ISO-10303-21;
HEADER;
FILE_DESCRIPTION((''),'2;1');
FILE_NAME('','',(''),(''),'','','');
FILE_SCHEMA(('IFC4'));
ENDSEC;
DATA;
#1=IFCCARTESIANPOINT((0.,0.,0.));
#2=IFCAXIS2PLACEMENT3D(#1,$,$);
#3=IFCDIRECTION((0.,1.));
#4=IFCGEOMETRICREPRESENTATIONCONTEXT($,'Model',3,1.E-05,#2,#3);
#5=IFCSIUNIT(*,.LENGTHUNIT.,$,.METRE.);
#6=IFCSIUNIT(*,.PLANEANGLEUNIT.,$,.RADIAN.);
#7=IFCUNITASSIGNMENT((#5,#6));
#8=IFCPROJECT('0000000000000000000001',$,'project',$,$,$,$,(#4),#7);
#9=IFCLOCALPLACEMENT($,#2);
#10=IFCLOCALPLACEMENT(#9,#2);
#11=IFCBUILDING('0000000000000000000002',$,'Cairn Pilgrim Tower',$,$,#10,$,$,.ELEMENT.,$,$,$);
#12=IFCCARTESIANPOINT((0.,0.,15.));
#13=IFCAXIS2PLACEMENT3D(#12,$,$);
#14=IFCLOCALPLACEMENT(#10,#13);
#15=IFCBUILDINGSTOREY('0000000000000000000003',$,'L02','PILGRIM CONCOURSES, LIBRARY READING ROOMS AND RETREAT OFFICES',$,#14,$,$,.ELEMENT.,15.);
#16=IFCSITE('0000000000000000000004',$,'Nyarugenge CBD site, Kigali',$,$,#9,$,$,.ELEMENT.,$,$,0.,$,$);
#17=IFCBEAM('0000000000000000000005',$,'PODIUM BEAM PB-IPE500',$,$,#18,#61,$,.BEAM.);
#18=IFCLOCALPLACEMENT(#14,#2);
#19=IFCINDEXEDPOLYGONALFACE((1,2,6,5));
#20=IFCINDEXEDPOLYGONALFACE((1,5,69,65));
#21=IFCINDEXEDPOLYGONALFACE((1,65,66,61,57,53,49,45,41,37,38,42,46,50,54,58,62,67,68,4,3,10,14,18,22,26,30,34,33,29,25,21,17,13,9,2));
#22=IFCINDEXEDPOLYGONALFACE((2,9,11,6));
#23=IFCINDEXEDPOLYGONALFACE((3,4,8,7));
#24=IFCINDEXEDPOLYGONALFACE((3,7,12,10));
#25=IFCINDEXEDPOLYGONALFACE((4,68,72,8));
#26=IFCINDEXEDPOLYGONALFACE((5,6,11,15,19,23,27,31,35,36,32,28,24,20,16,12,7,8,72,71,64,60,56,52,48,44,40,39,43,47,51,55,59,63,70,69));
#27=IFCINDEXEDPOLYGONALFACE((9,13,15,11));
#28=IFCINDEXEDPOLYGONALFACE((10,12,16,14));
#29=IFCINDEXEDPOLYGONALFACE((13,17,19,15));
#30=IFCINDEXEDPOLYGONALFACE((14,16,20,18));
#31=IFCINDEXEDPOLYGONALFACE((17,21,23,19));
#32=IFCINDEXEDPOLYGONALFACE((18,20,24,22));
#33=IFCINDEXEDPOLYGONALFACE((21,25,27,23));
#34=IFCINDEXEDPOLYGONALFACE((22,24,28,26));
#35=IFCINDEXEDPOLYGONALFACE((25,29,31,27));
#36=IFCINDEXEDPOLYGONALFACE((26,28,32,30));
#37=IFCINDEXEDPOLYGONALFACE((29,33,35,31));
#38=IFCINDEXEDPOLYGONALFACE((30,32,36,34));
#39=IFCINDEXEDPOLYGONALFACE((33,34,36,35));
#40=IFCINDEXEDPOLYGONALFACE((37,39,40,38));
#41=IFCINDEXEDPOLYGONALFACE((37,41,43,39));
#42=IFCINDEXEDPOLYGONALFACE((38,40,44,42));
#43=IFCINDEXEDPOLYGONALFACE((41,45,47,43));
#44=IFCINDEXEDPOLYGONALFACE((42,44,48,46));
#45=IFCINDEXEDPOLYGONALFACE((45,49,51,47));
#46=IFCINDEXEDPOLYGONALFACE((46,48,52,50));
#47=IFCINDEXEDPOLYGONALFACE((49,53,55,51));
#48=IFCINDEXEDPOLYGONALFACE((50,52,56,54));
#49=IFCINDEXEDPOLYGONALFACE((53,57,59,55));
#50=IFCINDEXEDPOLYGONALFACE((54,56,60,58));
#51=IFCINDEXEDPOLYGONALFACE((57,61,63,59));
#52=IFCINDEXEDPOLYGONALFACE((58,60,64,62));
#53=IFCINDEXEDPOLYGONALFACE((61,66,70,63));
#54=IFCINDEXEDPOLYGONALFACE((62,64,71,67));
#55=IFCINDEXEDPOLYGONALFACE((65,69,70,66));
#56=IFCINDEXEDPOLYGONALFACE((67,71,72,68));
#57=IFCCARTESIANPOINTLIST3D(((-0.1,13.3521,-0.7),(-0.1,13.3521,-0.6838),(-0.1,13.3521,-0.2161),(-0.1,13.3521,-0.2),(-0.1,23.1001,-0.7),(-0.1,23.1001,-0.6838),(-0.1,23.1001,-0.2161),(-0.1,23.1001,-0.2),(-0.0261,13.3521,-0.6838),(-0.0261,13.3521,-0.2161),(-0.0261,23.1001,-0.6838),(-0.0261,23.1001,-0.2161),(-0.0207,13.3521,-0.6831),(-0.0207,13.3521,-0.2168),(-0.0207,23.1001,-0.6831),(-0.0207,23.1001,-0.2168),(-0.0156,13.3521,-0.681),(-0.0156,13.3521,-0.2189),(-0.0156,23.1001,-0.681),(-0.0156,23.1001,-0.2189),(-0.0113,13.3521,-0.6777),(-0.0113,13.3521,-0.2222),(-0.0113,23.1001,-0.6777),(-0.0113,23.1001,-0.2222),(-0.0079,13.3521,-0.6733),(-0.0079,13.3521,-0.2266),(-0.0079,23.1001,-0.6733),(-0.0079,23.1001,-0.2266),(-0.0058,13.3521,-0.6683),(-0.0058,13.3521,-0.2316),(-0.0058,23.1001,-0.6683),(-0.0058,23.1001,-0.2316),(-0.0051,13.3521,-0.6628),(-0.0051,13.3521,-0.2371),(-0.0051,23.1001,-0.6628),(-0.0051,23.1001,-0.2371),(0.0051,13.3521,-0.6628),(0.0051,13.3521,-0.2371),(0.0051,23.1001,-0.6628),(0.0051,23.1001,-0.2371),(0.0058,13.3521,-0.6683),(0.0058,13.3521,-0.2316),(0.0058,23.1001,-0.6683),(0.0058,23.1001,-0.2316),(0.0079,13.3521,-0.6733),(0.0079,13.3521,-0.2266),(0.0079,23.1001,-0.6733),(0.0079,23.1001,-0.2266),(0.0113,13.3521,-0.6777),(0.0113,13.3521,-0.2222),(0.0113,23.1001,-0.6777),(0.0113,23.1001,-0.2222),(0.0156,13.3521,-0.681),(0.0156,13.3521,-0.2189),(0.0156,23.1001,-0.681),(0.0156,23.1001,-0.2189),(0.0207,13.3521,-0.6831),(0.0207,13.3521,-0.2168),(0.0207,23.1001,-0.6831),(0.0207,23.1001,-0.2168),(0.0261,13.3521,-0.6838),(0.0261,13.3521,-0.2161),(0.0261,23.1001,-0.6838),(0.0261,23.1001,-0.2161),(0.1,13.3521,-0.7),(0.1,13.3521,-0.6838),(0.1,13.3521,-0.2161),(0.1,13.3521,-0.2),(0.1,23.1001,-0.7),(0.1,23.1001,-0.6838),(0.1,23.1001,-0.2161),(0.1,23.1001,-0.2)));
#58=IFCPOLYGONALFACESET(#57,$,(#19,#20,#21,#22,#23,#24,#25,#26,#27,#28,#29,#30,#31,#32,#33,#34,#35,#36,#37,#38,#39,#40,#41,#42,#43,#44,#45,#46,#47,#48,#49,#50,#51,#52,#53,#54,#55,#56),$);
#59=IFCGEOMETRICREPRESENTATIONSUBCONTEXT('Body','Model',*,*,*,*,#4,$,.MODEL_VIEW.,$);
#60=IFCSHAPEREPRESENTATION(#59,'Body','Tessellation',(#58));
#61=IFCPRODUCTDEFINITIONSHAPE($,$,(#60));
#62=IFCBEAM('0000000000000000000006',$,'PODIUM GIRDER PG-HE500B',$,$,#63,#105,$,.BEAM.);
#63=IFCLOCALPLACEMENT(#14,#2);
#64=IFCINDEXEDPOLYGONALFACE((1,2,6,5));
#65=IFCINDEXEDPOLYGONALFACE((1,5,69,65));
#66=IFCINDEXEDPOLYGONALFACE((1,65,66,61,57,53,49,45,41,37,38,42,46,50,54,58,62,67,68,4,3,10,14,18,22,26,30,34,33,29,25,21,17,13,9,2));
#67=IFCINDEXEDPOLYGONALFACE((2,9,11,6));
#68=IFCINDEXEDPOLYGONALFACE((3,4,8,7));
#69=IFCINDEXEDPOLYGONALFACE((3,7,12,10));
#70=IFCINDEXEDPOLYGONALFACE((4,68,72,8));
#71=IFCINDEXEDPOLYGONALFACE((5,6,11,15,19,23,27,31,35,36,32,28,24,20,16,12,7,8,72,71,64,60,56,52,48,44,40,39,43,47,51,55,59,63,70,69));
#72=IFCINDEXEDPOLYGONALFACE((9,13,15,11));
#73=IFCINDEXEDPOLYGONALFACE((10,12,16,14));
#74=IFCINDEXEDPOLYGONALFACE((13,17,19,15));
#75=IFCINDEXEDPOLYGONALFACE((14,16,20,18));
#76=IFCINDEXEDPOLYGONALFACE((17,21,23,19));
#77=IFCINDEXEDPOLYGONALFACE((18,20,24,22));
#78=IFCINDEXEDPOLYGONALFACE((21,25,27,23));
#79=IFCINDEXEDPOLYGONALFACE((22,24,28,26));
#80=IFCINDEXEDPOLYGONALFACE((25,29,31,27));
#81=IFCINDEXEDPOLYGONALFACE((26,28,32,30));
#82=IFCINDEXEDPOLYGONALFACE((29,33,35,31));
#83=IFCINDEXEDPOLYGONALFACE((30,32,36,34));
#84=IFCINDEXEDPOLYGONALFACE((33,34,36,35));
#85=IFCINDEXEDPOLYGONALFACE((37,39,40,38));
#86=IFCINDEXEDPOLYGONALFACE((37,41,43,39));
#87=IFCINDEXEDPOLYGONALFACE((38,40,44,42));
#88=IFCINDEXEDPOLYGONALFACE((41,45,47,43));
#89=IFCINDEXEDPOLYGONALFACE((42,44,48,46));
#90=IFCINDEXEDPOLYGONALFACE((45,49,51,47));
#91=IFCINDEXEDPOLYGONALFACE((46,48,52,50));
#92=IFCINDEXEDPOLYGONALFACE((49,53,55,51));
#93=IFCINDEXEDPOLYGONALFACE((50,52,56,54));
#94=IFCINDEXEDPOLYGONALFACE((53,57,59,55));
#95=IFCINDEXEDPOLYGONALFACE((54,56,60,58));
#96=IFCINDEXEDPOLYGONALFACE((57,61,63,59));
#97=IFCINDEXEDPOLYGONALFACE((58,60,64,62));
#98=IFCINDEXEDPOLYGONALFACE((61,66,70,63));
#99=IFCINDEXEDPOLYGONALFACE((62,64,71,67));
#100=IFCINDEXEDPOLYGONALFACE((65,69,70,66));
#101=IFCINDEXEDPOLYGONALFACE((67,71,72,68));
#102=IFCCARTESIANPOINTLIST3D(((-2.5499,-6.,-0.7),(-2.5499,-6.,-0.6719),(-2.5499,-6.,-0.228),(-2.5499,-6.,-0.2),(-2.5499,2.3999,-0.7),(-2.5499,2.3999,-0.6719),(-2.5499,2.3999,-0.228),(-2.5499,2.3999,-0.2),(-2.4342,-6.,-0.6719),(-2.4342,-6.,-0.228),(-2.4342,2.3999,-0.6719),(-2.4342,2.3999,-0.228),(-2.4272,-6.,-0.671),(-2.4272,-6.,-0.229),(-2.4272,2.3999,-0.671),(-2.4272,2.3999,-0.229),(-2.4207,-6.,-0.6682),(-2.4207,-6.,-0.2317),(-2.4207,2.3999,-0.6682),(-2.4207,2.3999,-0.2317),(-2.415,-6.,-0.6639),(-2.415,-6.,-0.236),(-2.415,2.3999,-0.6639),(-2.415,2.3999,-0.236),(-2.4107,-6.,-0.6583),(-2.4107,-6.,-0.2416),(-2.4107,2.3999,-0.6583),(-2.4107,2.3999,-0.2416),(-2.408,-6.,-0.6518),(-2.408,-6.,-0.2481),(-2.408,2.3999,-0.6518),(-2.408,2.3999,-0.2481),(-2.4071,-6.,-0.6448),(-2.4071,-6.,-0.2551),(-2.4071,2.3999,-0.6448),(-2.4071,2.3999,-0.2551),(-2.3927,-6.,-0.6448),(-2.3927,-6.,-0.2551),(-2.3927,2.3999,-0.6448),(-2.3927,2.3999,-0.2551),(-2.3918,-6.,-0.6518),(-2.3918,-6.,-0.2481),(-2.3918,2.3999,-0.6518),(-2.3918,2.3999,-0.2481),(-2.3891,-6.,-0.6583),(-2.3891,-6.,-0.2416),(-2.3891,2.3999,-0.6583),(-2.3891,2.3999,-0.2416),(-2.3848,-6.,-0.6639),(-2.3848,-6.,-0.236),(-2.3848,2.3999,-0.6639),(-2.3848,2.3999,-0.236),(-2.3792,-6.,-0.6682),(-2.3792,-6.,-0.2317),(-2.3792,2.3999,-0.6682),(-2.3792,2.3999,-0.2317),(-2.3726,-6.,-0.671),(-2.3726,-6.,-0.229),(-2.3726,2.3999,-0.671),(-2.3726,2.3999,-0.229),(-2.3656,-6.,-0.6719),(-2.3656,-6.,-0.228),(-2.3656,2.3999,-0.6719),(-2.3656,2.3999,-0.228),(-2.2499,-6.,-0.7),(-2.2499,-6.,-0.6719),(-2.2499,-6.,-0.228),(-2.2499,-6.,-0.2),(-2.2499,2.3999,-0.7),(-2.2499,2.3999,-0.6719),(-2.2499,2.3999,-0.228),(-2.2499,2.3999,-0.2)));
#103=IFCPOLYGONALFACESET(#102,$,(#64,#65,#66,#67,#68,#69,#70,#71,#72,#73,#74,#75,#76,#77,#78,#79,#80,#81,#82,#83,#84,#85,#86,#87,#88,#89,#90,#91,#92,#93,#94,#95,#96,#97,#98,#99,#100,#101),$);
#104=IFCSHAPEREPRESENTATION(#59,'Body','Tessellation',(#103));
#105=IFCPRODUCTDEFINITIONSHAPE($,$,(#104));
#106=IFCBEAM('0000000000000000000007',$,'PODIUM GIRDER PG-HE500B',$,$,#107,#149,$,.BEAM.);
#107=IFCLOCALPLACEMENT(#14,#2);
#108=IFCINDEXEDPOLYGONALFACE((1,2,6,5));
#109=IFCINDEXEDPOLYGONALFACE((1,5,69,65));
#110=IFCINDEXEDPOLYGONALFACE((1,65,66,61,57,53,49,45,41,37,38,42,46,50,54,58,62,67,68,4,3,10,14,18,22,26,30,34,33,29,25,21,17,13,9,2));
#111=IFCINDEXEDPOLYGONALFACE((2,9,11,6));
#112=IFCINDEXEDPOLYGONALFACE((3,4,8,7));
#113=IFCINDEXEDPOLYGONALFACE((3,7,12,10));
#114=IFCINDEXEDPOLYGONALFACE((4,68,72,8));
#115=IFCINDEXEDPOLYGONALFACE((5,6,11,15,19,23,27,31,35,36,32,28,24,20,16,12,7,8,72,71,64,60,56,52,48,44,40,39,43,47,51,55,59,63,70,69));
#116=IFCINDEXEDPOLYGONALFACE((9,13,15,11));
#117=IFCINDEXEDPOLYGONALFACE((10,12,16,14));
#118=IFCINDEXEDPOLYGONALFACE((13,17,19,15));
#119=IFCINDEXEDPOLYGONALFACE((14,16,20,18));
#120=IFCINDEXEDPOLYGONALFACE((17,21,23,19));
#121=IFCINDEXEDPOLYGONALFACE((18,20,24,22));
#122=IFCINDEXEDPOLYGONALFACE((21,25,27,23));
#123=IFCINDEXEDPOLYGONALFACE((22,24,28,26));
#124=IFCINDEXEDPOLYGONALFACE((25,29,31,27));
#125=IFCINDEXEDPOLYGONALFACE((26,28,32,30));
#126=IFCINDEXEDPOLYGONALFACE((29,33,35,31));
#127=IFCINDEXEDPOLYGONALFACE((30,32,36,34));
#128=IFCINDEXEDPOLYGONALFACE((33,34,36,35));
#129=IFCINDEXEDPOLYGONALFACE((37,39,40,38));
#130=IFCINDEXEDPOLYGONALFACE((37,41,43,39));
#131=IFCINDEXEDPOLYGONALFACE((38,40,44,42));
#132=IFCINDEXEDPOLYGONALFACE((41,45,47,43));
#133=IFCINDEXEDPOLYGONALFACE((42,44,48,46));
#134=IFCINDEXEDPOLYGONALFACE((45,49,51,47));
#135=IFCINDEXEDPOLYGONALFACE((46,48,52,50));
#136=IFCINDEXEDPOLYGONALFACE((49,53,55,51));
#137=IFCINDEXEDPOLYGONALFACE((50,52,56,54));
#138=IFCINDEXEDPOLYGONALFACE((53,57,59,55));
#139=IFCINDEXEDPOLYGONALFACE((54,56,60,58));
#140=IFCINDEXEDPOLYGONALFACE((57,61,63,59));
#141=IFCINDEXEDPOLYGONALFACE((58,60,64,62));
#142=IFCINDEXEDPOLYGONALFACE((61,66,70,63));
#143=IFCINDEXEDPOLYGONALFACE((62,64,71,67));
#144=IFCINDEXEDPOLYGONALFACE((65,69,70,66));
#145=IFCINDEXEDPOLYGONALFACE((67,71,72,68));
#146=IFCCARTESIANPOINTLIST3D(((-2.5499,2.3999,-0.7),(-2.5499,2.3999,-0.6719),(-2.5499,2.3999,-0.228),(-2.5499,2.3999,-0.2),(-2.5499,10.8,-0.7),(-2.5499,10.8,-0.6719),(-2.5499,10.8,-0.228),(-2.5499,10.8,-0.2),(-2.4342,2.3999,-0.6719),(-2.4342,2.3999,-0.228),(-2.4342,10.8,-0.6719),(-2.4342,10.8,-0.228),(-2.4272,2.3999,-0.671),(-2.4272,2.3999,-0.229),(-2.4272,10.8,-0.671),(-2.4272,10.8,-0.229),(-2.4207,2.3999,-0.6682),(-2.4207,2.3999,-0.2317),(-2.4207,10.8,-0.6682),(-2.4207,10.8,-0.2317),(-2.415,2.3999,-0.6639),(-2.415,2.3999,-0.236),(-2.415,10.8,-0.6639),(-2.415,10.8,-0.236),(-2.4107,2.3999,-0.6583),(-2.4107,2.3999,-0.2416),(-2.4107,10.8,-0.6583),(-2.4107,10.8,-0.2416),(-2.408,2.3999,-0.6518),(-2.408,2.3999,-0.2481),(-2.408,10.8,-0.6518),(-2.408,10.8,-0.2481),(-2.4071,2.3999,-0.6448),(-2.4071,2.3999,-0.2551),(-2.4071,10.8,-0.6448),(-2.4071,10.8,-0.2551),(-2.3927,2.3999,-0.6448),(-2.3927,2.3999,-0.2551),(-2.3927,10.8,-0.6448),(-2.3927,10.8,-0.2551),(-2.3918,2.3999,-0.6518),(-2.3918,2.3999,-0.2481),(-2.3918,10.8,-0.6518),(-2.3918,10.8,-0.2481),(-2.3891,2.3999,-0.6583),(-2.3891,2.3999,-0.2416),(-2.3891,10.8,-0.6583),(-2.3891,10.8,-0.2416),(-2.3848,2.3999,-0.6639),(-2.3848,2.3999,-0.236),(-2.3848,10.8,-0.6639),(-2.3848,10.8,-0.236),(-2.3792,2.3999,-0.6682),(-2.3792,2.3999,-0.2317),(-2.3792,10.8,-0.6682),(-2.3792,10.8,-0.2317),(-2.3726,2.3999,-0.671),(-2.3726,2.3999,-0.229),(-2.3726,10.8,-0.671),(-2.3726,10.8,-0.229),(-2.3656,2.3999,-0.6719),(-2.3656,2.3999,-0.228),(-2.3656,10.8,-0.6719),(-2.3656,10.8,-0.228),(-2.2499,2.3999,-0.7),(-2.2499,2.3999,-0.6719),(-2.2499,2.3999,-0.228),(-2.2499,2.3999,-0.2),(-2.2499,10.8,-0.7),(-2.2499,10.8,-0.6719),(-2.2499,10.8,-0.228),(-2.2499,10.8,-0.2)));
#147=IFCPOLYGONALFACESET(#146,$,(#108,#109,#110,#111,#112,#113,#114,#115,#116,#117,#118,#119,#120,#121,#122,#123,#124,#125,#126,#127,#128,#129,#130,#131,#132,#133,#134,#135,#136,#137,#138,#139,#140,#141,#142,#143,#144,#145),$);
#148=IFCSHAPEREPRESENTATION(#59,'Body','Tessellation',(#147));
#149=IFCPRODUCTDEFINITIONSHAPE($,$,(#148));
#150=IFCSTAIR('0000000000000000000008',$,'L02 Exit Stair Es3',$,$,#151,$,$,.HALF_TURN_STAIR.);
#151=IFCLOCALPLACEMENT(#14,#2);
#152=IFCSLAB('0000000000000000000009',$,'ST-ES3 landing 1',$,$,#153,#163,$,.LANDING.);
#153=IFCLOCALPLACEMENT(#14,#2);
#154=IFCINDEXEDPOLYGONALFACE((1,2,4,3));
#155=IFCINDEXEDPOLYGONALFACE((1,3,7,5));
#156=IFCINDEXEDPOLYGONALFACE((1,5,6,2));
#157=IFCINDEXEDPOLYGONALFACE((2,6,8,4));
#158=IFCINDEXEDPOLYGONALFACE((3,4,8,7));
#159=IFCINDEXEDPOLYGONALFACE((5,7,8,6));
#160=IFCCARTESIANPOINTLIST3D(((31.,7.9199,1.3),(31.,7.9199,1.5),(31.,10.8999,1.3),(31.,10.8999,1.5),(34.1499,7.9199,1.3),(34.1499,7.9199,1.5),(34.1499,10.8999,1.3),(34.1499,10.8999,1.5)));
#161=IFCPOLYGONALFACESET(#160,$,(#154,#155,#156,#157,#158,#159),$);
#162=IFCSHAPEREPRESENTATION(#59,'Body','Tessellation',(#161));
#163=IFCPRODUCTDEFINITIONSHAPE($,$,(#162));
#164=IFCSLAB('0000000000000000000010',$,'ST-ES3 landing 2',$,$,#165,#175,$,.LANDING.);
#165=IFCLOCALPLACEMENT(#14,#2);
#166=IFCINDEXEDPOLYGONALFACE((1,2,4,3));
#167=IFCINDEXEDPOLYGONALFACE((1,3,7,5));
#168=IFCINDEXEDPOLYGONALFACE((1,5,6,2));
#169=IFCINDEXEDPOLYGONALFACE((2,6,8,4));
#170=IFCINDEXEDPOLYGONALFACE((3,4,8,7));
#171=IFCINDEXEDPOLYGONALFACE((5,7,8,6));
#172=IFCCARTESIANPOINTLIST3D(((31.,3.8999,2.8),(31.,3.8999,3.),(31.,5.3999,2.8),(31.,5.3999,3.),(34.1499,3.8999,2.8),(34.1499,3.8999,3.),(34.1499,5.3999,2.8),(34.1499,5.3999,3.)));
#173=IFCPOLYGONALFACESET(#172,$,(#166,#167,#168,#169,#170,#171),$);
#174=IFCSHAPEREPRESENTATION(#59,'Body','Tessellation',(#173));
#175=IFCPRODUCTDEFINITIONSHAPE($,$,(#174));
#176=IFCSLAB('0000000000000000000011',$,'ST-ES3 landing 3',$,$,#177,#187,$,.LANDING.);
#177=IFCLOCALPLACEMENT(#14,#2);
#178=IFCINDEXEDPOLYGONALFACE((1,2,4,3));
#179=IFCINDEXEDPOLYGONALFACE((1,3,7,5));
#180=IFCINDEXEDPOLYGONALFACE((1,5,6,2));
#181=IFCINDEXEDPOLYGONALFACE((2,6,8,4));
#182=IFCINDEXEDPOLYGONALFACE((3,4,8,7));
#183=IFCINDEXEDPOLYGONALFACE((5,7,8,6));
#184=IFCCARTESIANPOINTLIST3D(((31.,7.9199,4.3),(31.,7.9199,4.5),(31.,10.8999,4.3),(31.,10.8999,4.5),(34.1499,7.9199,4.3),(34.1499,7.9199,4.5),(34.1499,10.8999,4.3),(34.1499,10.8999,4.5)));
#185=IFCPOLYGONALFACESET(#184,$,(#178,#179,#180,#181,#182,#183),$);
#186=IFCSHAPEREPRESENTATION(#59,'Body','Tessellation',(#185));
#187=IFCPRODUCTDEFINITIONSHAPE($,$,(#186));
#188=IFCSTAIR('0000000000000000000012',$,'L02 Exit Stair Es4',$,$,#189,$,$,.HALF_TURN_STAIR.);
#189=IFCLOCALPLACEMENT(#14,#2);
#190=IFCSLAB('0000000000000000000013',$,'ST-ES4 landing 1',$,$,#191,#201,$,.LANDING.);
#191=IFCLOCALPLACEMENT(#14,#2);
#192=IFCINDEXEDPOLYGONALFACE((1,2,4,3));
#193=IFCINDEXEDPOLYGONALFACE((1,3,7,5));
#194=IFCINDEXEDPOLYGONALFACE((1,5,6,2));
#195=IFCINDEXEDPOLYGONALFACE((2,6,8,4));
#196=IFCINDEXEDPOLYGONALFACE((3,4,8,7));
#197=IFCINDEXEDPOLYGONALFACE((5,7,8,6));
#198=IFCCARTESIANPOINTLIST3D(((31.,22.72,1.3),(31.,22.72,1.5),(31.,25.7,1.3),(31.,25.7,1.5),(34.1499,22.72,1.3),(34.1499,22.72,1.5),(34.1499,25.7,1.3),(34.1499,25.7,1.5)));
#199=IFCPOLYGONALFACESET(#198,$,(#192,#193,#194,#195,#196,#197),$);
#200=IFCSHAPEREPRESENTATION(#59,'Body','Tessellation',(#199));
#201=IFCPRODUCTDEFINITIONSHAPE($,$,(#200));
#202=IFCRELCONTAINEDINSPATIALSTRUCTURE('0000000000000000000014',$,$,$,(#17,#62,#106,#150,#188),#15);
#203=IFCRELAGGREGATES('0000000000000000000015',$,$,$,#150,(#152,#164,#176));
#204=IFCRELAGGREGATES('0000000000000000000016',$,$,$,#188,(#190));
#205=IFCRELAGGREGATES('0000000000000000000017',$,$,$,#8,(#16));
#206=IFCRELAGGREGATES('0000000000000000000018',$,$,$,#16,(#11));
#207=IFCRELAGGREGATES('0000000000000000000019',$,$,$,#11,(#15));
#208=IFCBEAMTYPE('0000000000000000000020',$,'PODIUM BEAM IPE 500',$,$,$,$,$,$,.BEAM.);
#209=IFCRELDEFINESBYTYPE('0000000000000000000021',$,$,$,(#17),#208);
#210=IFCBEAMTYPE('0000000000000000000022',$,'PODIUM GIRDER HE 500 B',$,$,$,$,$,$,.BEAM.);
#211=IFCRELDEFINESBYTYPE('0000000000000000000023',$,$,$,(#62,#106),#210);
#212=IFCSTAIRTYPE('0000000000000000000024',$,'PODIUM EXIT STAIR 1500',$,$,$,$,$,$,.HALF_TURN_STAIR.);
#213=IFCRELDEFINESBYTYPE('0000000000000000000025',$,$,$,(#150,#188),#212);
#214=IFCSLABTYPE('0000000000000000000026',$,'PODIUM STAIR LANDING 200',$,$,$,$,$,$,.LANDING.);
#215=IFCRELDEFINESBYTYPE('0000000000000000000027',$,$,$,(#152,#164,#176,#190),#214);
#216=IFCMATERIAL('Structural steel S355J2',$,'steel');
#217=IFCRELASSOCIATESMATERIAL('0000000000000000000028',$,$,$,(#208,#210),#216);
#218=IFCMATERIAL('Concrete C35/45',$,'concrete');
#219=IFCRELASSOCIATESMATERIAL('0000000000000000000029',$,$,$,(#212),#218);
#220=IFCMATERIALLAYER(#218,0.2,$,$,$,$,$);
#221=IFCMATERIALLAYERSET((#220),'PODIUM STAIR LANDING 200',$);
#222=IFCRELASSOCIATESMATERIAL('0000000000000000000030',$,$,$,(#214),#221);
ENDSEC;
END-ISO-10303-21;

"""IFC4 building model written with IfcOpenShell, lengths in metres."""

from ifc_helpers import new_model, si_unit, direction, frame, origin, origin_2d, place, context, subcontext, project, spatial, polyline, i_section, outline, extrude, material, layer, layer_set, material_profile, profile_set, type_object, element, aggregate, save


model = new_model("IFC4")

# Units and contexts
model_context = context("Model", 3, precision=1e-05, world=origin(), true_north=direction((0.0, 1.0)))
body_context = subcontext(model_context, "Body", "Model", "MODEL_VIEW")
ifc_project = project(units=[si_unit("LENGTHUNIT", "METRE"), si_unit("PLANEANGLEUNIT", "RADIAN")], contexts=[model_context])

# Site, building, storey
site_placement = place(None, origin())
site = spatial("IfcSite", under=ifc_project, at=site_placement, Name="Nyarugenge CBD site, Kigali", CompositionType="ELEMENT", RefElevation=0.0)
building_placement = place(site_placement, origin())
building = spatial("IfcBuilding", under=site, at=building_placement, Name="Cairn Pilgrim Tower", CompositionType="ELEMENT")
storey_placement = place(building_placement, frame((0.0, 0.0, 15.0)))
storey = spatial("IfcBuildingStorey", under=building, at=storey_placement, Name="L02", Description="PILGRIM CONCOURSES, LIBRARY READING ROOMS AND RETREAT OFFICES", CompositionType="ELEMENT", Elevation=15.0)

# Beams
ifc_material_1 = material(Name="Structural steel S355J2", Category="steel")
ifc_material_profile_1 = material_profile(ifc_material_1, i_section(OverallWidth=0.2, OverallDepth=0.5, WebThickness=0.0103, FlangeThickness=0.0161, FilletRadius=0.021, at=origin_2d()), Name="IPE 500")
ifc_profile_set_1 = profile_set([ifc_material_profile_1], Name="Structural steel S355J2")
beam_type_1 = type_object("IfcBeamType", Name="PODIUM BEAM IPE 500", PredefinedType="BEAM", material=ifc_profile_set_1)
for number, where, z_axis, x_axis, name in (
    (1, (0.0, 13.3521, -0.45), (0.0, 1.0, 0.0), (-1.0, 0.0, 0.0), "PODIUM BEAM PB-IPE500"),
):
    element("IfcBeam", number, at=place(storey_placement, frame(where, z_axis=z_axis, x_axis=x_axis)), inside=storey, type_object=beam_type_1, Name=name, PredefinedType="BEAM", context=body_context, shape_type="SweptSolid", body=[
        extrude(i_section(OverallWidth=0.2, OverallDepth=0.5, WebThickness=0.0103, FlangeThickness=0.0161, FilletRadius=0.021, at=origin_2d()), origin(), (0.0, 0.0, 1.0), 9.748),
    ])
ifc_material_profile_2 = material_profile(ifc_material_1, i_section(OverallWidth=0.3, OverallDepth=0.5, WebThickness=0.0144, FlangeThickness=0.0281, FilletRadius=0.0271, at=origin_2d()), Name="HEB 500")
ifc_profile_set_2 = profile_set([ifc_material_profile_2], Name="Structural steel S355J2")
beam_type_2 = type_object("IfcBeamType", Name="PODIUM GIRDER HE 500 B", PredefinedType="BEAM", material=ifc_profile_set_2)
beam_1_placement = place(storey_placement, frame((-2.3999, 2.3999, -0.45), z_axis=(0.0, -1.0, 0.0), x_axis=(1.0, 0.0, 0.0)))
element("IfcBeam", 2, at=beam_1_placement, inside=storey, type_object=beam_type_2, Name="PODIUM GIRDER PG-HE500B", PredefinedType="BEAM", context=body_context, shape_type="SweptSolid", body=[
    extrude(i_section(OverallWidth=0.3, OverallDepth=0.5, WebThickness=0.0144, FlangeThickness=0.0281, FilletRadius=0.0271, at=origin_2d()), origin(), (0.0, 0.0, 1.0), 8.3999),
])
beam_2_placement = place(storey_placement, frame((-2.3999, 10.8, -0.45), z_axis=(0.0, -1.0, 0.0), x_axis=(1.0, 0.0, 0.0)))
element("IfcBeam", 3, at=beam_2_placement, inside=storey, type_object=beam_type_2, Name="PODIUM GIRDER PG-HE500B", PredefinedType="BEAM", context=body_context, shape_type="SweptSolid", body=[
    extrude(i_section(OverallWidth=0.3, OverallDepth=0.5, WebThickness=0.0144, FlangeThickness=0.0281, FilletRadius=0.0271, at=origin_2d()), origin(), (0.0, 0.0, 1.0), 8.4001),
])

# Stairs, slabs
ifc_material_2 = material(Name="Concrete C35/45", Category="concrete")
stair_type_1 = type_object("IfcStairType", Name="PODIUM EXIT STAIR 1500", PredefinedType="HALF_TURN_STAIR", material=ifc_material_2)
stair_1_placement = place(storey_placement, origin())
stair_1 = element("IfcStair", 4, at=stair_1_placement, inside=storey, type_object=stair_type_1, Name="L02 Exit Stair Es3", PredefinedType="HALF_TURN_STAIR")
ifc_layer_1 = layer(ifc_material_2, 0.2)
ifc_layer_set_1 = layer_set([ifc_layer_1], Name="PODIUM STAIR LANDING 200")
slab_type_1 = type_object("IfcSlabType", Name="PODIUM STAIR LANDING 200", PredefinedType="LANDING", material=ifc_layer_set_1)
slab_1_placement = place(storey_placement, frame((0.0, 0.0, 1.3)))
slab_1 = element("IfcSlab", 5, at=slab_1_placement, type_object=slab_type_1, Name="ST-ES3 landing 1", PredefinedType="LANDING", context=body_context, shape_type="SweptSolid", body=[
    extrude(outline(polyline([(34.1499, 7.9199), (34.1499, 10.8999), (31.0, 10.8999), (31.0, 7.9199), (34.1499, 7.9199)])), origin(), (0.0, 0.0, 1.0), 0.2),
])
slab_2_placement = place(storey_placement, frame((0.0, 0.0, 2.8)))
slab_2 = element("IfcSlab", 6, at=slab_2_placement, type_object=slab_type_1, Name="ST-ES3 landing 2", PredefinedType="LANDING", context=body_context, shape_type="SweptSolid", body=[
    extrude(outline(polyline([(34.1499, 3.8999), (34.1499, 5.3999), (31.0, 5.3999), (31.0, 3.8999), (34.1499, 3.8999)])), origin(), (0.0, 0.0, 1.0), 0.2),
])
slab_3_placement = place(storey_placement, frame((0.0, 0.0, 4.3)))
slab_3 = element("IfcSlab", 7, at=slab_3_placement, type_object=slab_type_1, Name="ST-ES3 landing 3", PredefinedType="LANDING", context=body_context, shape_type="SweptSolid", body=[
    extrude(outline(polyline([(34.1499, 7.9199), (34.1499, 10.8999), (31.0, 10.8999), (31.0, 7.9199), (34.1499, 7.9199)])), origin(), (0.0, 0.0, 1.0), 0.2),
])
aggregate(stair_1, [slab_1, slab_2, slab_3])
stair_2_placement = place(storey_placement, origin())
stair_2 = element("IfcStair", 8, at=stair_2_placement, inside=storey, type_object=stair_type_1, Name="L02 Exit Stair Es4", PredefinedType="HALF_TURN_STAIR")
slab_4_placement = place(storey_placement, frame((0.0, 0.0, 1.3)))
slab_4 = element("IfcSlab", 9, at=slab_4_placement, type_object=slab_type_1, Name="ST-ES4 landing 1", PredefinedType="LANDING", context=body_context, shape_type="SweptSolid", body=[
    extrude(outline(polyline([(34.1499, 22.72), (34.1499, 25.7), (31.0, 25.7), (31.0, 22.72), (34.1499, 22.72)])), origin(), (0.0, 0.0, 1.0), 0.2),
])
aggregate(stair_2, [slab_4])

save(model, "model.ifc")
